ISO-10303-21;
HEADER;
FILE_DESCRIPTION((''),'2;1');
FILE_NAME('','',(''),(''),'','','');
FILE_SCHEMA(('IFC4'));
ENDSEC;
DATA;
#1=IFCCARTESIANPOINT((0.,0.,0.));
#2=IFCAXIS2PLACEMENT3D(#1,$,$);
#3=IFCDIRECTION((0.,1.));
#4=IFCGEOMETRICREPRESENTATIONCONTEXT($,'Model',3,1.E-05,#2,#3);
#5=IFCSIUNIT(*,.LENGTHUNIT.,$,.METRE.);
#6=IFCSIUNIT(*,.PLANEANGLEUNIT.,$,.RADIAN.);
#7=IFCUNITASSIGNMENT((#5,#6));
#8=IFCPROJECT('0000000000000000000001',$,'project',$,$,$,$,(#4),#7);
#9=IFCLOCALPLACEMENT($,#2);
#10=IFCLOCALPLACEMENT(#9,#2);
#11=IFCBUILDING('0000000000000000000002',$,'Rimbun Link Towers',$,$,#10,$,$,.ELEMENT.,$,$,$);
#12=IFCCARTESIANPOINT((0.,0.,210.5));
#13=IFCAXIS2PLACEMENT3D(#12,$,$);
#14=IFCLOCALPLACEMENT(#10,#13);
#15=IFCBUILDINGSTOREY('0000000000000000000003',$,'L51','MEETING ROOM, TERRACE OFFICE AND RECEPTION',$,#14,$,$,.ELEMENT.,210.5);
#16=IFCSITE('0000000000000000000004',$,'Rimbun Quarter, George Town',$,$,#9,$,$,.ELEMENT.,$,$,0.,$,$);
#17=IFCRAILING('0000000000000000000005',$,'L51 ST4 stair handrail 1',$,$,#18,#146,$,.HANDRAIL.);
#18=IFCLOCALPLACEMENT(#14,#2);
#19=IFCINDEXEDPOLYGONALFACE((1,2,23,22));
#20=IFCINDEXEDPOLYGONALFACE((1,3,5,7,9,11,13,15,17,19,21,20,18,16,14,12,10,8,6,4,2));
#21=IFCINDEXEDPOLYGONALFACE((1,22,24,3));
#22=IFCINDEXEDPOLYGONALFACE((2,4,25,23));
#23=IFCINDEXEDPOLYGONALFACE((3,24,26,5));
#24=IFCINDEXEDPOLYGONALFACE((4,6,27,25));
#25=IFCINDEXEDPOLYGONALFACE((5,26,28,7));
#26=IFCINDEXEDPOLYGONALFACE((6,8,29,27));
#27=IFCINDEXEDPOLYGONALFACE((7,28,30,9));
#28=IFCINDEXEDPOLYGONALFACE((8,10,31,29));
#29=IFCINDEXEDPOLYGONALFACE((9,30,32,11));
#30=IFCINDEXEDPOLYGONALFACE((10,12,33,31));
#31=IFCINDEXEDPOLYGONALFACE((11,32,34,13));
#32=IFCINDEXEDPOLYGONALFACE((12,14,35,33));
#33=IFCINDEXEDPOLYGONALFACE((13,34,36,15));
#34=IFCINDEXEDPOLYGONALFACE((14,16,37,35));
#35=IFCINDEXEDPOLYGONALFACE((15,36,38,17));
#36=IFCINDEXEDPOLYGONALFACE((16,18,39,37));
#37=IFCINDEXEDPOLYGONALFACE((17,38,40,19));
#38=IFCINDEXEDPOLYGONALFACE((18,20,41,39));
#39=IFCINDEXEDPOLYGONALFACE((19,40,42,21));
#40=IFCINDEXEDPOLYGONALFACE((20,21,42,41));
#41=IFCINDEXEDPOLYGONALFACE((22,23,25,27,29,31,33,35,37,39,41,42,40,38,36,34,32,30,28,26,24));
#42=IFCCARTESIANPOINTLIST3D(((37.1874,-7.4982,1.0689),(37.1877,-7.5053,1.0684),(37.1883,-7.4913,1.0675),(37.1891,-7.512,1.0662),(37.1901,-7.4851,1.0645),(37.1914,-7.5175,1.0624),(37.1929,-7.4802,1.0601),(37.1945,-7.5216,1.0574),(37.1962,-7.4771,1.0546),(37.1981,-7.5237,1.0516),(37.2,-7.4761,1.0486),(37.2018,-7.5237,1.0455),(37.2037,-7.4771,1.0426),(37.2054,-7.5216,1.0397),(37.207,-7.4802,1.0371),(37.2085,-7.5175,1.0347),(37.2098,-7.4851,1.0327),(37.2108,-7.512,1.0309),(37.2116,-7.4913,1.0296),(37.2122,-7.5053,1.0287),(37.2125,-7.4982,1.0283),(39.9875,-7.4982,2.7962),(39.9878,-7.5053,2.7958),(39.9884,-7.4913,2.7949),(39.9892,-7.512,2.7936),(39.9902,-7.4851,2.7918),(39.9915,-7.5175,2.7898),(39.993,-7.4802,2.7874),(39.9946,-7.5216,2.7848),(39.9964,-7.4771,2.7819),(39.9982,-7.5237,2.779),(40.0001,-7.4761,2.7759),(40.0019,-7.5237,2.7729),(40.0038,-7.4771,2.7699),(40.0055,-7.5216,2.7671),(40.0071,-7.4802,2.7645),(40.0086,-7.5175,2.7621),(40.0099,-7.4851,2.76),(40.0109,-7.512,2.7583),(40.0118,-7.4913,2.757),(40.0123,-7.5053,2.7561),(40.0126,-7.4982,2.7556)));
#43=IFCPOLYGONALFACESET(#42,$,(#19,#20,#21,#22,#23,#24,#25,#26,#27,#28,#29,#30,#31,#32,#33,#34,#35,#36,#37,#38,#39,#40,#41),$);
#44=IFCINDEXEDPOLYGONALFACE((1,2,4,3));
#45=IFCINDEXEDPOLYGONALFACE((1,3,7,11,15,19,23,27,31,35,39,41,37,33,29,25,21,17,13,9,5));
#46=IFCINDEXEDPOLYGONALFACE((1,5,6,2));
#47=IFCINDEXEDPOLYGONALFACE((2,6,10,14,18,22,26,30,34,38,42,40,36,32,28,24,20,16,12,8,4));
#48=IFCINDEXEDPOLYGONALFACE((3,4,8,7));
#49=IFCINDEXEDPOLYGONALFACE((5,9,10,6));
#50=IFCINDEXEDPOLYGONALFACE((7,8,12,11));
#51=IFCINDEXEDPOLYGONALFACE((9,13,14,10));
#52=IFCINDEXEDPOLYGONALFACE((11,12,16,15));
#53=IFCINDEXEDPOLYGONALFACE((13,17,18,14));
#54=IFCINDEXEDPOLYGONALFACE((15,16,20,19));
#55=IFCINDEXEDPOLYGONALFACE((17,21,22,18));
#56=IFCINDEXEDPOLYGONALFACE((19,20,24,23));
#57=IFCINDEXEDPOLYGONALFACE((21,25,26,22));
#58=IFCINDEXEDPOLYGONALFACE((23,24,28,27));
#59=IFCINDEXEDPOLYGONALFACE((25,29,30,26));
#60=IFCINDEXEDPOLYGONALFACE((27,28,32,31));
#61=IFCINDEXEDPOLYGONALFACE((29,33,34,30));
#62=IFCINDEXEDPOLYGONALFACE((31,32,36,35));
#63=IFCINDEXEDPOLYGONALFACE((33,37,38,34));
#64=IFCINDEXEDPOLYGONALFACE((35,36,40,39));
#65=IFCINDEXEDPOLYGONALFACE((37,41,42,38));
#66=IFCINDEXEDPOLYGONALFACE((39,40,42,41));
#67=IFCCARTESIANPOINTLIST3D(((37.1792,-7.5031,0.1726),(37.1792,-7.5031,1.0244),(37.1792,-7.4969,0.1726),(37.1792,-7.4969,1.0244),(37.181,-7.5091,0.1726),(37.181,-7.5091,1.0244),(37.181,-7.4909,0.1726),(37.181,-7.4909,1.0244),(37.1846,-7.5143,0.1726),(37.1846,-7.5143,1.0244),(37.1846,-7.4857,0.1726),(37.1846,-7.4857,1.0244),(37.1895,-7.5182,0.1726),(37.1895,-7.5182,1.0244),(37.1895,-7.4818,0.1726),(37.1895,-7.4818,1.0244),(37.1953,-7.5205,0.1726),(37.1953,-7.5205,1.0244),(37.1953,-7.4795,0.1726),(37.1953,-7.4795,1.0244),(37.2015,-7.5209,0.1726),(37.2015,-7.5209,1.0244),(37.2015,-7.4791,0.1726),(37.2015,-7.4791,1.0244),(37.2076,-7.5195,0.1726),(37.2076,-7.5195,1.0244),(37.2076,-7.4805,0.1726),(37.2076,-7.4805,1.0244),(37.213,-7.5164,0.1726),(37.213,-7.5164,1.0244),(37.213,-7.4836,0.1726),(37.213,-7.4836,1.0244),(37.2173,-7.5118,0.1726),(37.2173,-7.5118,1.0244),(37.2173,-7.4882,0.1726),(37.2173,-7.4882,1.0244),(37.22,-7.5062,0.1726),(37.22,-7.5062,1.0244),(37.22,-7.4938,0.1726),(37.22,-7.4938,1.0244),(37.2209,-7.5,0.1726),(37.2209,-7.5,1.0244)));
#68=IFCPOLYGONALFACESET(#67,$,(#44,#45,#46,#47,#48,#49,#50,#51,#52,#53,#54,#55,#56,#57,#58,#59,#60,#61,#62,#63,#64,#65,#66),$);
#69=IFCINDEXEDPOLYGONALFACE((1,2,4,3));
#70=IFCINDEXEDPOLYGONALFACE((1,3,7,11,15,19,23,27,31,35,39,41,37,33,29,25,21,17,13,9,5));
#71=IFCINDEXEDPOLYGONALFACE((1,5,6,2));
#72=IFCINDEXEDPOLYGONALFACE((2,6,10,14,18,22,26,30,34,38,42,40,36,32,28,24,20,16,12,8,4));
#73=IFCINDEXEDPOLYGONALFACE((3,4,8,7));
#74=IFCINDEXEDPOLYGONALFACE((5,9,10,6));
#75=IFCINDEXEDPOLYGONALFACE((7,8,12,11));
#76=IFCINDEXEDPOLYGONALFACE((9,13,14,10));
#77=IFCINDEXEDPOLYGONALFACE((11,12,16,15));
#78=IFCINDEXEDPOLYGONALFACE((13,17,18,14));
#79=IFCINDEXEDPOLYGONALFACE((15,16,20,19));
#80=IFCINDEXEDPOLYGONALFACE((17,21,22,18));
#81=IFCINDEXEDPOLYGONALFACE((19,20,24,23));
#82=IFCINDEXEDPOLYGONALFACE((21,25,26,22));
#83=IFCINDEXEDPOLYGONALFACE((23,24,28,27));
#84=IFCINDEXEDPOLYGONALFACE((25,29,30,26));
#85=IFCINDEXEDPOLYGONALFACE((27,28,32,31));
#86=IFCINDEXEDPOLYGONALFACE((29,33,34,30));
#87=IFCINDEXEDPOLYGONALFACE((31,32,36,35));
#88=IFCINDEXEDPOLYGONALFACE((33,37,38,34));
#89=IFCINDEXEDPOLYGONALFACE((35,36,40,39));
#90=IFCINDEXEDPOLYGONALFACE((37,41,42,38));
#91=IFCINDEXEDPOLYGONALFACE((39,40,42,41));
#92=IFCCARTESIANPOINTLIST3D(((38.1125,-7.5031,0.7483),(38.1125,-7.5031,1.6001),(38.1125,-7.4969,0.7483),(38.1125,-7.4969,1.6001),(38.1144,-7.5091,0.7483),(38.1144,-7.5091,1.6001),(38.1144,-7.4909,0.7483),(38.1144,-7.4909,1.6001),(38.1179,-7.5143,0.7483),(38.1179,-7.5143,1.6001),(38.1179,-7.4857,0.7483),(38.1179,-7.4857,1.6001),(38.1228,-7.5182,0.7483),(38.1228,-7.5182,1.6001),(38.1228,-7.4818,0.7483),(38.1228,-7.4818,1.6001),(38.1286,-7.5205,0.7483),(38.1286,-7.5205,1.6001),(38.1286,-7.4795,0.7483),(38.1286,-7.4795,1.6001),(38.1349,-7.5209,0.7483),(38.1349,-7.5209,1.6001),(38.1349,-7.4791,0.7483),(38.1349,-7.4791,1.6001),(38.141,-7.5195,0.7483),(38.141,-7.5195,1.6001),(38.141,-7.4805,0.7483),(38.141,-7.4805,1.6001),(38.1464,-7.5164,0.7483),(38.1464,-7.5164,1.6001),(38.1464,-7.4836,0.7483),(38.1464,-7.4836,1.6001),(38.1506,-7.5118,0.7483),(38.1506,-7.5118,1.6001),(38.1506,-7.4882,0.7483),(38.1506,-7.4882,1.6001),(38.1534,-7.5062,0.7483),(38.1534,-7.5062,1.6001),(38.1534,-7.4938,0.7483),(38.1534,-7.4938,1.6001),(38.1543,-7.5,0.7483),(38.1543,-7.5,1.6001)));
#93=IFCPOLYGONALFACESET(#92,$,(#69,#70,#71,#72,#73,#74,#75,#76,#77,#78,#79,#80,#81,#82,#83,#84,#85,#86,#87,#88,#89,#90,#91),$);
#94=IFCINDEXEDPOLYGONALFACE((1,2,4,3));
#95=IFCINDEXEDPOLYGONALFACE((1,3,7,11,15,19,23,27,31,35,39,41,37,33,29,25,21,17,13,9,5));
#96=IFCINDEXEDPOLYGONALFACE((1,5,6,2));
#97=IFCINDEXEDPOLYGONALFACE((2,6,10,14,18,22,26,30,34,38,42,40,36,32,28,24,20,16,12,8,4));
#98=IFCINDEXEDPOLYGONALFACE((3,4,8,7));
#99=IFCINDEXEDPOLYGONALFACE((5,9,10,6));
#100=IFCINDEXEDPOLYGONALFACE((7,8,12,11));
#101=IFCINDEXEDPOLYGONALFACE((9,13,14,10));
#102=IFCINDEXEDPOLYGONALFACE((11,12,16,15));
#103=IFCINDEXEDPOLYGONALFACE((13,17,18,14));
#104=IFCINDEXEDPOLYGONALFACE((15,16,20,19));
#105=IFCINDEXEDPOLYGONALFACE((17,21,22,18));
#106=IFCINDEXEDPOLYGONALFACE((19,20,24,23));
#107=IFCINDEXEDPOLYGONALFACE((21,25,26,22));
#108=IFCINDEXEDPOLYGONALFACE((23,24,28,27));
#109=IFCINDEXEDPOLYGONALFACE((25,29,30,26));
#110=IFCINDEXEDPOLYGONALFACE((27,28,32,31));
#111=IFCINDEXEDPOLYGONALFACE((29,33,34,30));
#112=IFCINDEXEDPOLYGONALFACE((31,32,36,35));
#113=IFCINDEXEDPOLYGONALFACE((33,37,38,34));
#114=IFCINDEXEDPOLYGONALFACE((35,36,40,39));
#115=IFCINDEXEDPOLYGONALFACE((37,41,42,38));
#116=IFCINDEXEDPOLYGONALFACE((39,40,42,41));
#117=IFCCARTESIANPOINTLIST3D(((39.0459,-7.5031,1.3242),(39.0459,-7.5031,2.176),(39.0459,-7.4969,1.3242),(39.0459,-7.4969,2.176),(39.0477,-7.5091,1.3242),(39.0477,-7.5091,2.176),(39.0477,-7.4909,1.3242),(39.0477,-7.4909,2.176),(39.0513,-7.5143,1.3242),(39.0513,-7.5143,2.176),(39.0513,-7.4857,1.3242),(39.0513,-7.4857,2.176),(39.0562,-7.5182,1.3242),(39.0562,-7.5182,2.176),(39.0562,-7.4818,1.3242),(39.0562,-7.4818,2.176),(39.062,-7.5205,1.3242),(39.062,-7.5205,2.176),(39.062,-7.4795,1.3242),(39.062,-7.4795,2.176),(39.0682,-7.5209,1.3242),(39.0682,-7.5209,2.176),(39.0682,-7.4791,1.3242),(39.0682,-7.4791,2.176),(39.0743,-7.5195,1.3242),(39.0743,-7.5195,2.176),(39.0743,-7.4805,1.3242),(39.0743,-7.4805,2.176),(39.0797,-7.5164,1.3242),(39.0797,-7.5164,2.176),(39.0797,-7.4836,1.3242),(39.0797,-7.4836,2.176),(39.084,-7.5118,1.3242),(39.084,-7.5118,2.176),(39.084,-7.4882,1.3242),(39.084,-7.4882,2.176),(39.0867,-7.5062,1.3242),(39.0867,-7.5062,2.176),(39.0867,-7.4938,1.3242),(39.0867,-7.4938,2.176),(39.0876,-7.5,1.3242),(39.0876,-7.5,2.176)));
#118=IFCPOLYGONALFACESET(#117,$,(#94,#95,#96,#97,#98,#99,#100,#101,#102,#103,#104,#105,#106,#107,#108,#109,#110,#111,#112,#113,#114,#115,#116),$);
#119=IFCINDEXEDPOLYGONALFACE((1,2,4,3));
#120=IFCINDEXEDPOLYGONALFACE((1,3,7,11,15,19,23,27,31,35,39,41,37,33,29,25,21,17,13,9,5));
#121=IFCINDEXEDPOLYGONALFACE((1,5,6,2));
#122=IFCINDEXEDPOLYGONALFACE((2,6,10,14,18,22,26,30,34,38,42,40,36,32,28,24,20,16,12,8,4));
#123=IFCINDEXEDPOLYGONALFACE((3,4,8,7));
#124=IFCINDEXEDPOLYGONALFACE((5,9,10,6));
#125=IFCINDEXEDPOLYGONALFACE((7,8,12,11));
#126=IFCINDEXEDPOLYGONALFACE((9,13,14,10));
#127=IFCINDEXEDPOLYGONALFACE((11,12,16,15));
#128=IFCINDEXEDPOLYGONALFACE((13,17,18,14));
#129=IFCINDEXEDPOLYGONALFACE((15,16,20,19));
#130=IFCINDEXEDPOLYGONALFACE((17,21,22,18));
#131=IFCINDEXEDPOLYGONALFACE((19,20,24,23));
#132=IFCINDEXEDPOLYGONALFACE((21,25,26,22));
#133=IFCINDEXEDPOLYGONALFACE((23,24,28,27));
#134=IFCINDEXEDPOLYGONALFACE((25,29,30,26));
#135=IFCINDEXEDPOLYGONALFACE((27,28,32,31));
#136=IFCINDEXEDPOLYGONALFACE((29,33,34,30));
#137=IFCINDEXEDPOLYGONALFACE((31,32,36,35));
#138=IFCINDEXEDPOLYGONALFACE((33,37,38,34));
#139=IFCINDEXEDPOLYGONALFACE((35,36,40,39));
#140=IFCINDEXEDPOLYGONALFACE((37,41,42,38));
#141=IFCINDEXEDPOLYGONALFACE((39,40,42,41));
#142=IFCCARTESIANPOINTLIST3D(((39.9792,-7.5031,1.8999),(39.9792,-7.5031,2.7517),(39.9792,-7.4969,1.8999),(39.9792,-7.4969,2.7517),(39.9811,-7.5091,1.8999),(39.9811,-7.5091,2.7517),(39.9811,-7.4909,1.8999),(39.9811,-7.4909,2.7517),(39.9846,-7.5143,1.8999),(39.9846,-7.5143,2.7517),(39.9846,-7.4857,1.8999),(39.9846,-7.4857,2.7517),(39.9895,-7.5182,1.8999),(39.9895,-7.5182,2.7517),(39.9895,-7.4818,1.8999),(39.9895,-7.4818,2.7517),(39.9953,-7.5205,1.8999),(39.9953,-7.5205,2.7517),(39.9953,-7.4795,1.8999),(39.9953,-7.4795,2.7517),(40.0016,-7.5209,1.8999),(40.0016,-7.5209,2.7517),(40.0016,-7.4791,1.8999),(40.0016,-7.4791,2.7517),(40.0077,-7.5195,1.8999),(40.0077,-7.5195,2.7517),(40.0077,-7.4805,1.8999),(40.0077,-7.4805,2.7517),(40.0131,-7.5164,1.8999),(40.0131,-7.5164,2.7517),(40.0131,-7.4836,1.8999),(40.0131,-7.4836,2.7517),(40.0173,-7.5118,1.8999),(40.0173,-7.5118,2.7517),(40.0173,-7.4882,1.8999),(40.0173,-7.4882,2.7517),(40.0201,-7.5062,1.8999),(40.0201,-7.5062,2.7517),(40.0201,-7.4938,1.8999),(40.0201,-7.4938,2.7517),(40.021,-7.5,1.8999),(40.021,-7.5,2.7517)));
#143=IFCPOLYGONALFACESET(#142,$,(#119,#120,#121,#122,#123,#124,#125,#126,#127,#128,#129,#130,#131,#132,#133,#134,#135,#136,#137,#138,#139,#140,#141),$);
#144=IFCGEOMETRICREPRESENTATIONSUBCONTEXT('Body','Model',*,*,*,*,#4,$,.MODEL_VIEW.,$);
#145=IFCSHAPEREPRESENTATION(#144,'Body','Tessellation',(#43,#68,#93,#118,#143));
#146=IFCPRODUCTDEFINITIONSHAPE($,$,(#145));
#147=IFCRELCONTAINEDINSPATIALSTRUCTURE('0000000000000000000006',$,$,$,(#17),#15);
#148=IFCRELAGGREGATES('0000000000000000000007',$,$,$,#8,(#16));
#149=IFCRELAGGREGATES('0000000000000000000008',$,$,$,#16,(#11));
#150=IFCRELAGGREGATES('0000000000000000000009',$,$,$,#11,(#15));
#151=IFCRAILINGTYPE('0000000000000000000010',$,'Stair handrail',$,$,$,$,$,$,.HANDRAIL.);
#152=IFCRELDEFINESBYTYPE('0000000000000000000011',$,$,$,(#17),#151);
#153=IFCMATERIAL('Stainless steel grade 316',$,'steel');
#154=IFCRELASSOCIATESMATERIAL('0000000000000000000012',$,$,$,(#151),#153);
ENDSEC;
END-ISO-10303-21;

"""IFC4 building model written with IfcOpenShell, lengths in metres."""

from ifc_helpers import new_model, si_unit, direction, frame, origin, origin_2d, place, context, subcontext, project, spatial, circle, extrude, material, type_object, element, save


model = new_model("IFC4")

# Units and contexts
model_context = context("Model", 3, precision=1e-05, world=origin(), true_north=direction((0.0, 1.0)))
body_context = subcontext(model_context, "Body", "Model", "MODEL_VIEW")
ifc_project = project(units=[si_unit("LENGTHUNIT", "METRE"), si_unit("PLANEANGLEUNIT", "RADIAN")], contexts=[model_context])

# Site, building, storey
site_placement = place(None, origin())
site = spatial("IfcSite", under=ifc_project, at=site_placement, Name="Rimbun Quarter, George Town", CompositionType="ELEMENT", RefElevation=0.0)
building_placement = place(site_placement, origin())
building = spatial("IfcBuilding", under=site, at=building_placement, Name="Rimbun Link Towers", CompositionType="ELEMENT")
storey_placement = place(building_placement, frame((0.0, 0.0, 210.5)))
storey = spatial("IfcBuildingStorey", under=building, at=storey_placement, Name="L51", Description="MEETING ROOM, TERRACE OFFICE AND RECEPTION", CompositionType="ELEMENT", Elevation=210.5)

# Railing
ifc_material_1 = material(Name="Stainless steel grade 316", Category="steel")
railing_type_1 = type_object("IfcRailingType", Name="Stair handrail", PredefinedType="HANDRAIL", material=ifc_material_1)
railing_1_placement = place(storey_placement, frame((37.2, -7.5, 0.1726)))
element("IfcRailing", 1, at=railing_1_placement, inside=storey, type_object=railing_type_1, Name="L51 ST4 stair handrail 1", PredefinedType="HANDRAIL", context=body_context, shape_type="SweptSolid", body=[
    extrude(circle(Radius=0.0239, at=origin_2d()), frame((0.0, 0.0, 0.876), z_axis=(0.85109, 0.0, 0.52502), x_axis=(0.0, 1.0, 0.0)), (0.0, 0.0, 1.0), 3.29),
    extrude(circle(Radius=0.021, at=origin_2d()), origin(), (0.0, 0.0, 1.0), 0.8518),
    extrude(circle(Radius=0.021, at=origin_2d()), frame((0.9333, 0.0, 0.5757)), (0.0, 0.0, 1.0), 0.8518),
    extrude(circle(Radius=0.021, at=origin_2d()), frame((1.8667, 0.0, 1.1516)), (0.0, 0.0, 1.0), 0.8518),
    extrude(circle(Radius=0.021, at=origin_2d()), frame((2.8, 0.0, 1.7273)), (0.0, 0.0, 1.0), 0.8518),
])

save(model, "model.ifc")
